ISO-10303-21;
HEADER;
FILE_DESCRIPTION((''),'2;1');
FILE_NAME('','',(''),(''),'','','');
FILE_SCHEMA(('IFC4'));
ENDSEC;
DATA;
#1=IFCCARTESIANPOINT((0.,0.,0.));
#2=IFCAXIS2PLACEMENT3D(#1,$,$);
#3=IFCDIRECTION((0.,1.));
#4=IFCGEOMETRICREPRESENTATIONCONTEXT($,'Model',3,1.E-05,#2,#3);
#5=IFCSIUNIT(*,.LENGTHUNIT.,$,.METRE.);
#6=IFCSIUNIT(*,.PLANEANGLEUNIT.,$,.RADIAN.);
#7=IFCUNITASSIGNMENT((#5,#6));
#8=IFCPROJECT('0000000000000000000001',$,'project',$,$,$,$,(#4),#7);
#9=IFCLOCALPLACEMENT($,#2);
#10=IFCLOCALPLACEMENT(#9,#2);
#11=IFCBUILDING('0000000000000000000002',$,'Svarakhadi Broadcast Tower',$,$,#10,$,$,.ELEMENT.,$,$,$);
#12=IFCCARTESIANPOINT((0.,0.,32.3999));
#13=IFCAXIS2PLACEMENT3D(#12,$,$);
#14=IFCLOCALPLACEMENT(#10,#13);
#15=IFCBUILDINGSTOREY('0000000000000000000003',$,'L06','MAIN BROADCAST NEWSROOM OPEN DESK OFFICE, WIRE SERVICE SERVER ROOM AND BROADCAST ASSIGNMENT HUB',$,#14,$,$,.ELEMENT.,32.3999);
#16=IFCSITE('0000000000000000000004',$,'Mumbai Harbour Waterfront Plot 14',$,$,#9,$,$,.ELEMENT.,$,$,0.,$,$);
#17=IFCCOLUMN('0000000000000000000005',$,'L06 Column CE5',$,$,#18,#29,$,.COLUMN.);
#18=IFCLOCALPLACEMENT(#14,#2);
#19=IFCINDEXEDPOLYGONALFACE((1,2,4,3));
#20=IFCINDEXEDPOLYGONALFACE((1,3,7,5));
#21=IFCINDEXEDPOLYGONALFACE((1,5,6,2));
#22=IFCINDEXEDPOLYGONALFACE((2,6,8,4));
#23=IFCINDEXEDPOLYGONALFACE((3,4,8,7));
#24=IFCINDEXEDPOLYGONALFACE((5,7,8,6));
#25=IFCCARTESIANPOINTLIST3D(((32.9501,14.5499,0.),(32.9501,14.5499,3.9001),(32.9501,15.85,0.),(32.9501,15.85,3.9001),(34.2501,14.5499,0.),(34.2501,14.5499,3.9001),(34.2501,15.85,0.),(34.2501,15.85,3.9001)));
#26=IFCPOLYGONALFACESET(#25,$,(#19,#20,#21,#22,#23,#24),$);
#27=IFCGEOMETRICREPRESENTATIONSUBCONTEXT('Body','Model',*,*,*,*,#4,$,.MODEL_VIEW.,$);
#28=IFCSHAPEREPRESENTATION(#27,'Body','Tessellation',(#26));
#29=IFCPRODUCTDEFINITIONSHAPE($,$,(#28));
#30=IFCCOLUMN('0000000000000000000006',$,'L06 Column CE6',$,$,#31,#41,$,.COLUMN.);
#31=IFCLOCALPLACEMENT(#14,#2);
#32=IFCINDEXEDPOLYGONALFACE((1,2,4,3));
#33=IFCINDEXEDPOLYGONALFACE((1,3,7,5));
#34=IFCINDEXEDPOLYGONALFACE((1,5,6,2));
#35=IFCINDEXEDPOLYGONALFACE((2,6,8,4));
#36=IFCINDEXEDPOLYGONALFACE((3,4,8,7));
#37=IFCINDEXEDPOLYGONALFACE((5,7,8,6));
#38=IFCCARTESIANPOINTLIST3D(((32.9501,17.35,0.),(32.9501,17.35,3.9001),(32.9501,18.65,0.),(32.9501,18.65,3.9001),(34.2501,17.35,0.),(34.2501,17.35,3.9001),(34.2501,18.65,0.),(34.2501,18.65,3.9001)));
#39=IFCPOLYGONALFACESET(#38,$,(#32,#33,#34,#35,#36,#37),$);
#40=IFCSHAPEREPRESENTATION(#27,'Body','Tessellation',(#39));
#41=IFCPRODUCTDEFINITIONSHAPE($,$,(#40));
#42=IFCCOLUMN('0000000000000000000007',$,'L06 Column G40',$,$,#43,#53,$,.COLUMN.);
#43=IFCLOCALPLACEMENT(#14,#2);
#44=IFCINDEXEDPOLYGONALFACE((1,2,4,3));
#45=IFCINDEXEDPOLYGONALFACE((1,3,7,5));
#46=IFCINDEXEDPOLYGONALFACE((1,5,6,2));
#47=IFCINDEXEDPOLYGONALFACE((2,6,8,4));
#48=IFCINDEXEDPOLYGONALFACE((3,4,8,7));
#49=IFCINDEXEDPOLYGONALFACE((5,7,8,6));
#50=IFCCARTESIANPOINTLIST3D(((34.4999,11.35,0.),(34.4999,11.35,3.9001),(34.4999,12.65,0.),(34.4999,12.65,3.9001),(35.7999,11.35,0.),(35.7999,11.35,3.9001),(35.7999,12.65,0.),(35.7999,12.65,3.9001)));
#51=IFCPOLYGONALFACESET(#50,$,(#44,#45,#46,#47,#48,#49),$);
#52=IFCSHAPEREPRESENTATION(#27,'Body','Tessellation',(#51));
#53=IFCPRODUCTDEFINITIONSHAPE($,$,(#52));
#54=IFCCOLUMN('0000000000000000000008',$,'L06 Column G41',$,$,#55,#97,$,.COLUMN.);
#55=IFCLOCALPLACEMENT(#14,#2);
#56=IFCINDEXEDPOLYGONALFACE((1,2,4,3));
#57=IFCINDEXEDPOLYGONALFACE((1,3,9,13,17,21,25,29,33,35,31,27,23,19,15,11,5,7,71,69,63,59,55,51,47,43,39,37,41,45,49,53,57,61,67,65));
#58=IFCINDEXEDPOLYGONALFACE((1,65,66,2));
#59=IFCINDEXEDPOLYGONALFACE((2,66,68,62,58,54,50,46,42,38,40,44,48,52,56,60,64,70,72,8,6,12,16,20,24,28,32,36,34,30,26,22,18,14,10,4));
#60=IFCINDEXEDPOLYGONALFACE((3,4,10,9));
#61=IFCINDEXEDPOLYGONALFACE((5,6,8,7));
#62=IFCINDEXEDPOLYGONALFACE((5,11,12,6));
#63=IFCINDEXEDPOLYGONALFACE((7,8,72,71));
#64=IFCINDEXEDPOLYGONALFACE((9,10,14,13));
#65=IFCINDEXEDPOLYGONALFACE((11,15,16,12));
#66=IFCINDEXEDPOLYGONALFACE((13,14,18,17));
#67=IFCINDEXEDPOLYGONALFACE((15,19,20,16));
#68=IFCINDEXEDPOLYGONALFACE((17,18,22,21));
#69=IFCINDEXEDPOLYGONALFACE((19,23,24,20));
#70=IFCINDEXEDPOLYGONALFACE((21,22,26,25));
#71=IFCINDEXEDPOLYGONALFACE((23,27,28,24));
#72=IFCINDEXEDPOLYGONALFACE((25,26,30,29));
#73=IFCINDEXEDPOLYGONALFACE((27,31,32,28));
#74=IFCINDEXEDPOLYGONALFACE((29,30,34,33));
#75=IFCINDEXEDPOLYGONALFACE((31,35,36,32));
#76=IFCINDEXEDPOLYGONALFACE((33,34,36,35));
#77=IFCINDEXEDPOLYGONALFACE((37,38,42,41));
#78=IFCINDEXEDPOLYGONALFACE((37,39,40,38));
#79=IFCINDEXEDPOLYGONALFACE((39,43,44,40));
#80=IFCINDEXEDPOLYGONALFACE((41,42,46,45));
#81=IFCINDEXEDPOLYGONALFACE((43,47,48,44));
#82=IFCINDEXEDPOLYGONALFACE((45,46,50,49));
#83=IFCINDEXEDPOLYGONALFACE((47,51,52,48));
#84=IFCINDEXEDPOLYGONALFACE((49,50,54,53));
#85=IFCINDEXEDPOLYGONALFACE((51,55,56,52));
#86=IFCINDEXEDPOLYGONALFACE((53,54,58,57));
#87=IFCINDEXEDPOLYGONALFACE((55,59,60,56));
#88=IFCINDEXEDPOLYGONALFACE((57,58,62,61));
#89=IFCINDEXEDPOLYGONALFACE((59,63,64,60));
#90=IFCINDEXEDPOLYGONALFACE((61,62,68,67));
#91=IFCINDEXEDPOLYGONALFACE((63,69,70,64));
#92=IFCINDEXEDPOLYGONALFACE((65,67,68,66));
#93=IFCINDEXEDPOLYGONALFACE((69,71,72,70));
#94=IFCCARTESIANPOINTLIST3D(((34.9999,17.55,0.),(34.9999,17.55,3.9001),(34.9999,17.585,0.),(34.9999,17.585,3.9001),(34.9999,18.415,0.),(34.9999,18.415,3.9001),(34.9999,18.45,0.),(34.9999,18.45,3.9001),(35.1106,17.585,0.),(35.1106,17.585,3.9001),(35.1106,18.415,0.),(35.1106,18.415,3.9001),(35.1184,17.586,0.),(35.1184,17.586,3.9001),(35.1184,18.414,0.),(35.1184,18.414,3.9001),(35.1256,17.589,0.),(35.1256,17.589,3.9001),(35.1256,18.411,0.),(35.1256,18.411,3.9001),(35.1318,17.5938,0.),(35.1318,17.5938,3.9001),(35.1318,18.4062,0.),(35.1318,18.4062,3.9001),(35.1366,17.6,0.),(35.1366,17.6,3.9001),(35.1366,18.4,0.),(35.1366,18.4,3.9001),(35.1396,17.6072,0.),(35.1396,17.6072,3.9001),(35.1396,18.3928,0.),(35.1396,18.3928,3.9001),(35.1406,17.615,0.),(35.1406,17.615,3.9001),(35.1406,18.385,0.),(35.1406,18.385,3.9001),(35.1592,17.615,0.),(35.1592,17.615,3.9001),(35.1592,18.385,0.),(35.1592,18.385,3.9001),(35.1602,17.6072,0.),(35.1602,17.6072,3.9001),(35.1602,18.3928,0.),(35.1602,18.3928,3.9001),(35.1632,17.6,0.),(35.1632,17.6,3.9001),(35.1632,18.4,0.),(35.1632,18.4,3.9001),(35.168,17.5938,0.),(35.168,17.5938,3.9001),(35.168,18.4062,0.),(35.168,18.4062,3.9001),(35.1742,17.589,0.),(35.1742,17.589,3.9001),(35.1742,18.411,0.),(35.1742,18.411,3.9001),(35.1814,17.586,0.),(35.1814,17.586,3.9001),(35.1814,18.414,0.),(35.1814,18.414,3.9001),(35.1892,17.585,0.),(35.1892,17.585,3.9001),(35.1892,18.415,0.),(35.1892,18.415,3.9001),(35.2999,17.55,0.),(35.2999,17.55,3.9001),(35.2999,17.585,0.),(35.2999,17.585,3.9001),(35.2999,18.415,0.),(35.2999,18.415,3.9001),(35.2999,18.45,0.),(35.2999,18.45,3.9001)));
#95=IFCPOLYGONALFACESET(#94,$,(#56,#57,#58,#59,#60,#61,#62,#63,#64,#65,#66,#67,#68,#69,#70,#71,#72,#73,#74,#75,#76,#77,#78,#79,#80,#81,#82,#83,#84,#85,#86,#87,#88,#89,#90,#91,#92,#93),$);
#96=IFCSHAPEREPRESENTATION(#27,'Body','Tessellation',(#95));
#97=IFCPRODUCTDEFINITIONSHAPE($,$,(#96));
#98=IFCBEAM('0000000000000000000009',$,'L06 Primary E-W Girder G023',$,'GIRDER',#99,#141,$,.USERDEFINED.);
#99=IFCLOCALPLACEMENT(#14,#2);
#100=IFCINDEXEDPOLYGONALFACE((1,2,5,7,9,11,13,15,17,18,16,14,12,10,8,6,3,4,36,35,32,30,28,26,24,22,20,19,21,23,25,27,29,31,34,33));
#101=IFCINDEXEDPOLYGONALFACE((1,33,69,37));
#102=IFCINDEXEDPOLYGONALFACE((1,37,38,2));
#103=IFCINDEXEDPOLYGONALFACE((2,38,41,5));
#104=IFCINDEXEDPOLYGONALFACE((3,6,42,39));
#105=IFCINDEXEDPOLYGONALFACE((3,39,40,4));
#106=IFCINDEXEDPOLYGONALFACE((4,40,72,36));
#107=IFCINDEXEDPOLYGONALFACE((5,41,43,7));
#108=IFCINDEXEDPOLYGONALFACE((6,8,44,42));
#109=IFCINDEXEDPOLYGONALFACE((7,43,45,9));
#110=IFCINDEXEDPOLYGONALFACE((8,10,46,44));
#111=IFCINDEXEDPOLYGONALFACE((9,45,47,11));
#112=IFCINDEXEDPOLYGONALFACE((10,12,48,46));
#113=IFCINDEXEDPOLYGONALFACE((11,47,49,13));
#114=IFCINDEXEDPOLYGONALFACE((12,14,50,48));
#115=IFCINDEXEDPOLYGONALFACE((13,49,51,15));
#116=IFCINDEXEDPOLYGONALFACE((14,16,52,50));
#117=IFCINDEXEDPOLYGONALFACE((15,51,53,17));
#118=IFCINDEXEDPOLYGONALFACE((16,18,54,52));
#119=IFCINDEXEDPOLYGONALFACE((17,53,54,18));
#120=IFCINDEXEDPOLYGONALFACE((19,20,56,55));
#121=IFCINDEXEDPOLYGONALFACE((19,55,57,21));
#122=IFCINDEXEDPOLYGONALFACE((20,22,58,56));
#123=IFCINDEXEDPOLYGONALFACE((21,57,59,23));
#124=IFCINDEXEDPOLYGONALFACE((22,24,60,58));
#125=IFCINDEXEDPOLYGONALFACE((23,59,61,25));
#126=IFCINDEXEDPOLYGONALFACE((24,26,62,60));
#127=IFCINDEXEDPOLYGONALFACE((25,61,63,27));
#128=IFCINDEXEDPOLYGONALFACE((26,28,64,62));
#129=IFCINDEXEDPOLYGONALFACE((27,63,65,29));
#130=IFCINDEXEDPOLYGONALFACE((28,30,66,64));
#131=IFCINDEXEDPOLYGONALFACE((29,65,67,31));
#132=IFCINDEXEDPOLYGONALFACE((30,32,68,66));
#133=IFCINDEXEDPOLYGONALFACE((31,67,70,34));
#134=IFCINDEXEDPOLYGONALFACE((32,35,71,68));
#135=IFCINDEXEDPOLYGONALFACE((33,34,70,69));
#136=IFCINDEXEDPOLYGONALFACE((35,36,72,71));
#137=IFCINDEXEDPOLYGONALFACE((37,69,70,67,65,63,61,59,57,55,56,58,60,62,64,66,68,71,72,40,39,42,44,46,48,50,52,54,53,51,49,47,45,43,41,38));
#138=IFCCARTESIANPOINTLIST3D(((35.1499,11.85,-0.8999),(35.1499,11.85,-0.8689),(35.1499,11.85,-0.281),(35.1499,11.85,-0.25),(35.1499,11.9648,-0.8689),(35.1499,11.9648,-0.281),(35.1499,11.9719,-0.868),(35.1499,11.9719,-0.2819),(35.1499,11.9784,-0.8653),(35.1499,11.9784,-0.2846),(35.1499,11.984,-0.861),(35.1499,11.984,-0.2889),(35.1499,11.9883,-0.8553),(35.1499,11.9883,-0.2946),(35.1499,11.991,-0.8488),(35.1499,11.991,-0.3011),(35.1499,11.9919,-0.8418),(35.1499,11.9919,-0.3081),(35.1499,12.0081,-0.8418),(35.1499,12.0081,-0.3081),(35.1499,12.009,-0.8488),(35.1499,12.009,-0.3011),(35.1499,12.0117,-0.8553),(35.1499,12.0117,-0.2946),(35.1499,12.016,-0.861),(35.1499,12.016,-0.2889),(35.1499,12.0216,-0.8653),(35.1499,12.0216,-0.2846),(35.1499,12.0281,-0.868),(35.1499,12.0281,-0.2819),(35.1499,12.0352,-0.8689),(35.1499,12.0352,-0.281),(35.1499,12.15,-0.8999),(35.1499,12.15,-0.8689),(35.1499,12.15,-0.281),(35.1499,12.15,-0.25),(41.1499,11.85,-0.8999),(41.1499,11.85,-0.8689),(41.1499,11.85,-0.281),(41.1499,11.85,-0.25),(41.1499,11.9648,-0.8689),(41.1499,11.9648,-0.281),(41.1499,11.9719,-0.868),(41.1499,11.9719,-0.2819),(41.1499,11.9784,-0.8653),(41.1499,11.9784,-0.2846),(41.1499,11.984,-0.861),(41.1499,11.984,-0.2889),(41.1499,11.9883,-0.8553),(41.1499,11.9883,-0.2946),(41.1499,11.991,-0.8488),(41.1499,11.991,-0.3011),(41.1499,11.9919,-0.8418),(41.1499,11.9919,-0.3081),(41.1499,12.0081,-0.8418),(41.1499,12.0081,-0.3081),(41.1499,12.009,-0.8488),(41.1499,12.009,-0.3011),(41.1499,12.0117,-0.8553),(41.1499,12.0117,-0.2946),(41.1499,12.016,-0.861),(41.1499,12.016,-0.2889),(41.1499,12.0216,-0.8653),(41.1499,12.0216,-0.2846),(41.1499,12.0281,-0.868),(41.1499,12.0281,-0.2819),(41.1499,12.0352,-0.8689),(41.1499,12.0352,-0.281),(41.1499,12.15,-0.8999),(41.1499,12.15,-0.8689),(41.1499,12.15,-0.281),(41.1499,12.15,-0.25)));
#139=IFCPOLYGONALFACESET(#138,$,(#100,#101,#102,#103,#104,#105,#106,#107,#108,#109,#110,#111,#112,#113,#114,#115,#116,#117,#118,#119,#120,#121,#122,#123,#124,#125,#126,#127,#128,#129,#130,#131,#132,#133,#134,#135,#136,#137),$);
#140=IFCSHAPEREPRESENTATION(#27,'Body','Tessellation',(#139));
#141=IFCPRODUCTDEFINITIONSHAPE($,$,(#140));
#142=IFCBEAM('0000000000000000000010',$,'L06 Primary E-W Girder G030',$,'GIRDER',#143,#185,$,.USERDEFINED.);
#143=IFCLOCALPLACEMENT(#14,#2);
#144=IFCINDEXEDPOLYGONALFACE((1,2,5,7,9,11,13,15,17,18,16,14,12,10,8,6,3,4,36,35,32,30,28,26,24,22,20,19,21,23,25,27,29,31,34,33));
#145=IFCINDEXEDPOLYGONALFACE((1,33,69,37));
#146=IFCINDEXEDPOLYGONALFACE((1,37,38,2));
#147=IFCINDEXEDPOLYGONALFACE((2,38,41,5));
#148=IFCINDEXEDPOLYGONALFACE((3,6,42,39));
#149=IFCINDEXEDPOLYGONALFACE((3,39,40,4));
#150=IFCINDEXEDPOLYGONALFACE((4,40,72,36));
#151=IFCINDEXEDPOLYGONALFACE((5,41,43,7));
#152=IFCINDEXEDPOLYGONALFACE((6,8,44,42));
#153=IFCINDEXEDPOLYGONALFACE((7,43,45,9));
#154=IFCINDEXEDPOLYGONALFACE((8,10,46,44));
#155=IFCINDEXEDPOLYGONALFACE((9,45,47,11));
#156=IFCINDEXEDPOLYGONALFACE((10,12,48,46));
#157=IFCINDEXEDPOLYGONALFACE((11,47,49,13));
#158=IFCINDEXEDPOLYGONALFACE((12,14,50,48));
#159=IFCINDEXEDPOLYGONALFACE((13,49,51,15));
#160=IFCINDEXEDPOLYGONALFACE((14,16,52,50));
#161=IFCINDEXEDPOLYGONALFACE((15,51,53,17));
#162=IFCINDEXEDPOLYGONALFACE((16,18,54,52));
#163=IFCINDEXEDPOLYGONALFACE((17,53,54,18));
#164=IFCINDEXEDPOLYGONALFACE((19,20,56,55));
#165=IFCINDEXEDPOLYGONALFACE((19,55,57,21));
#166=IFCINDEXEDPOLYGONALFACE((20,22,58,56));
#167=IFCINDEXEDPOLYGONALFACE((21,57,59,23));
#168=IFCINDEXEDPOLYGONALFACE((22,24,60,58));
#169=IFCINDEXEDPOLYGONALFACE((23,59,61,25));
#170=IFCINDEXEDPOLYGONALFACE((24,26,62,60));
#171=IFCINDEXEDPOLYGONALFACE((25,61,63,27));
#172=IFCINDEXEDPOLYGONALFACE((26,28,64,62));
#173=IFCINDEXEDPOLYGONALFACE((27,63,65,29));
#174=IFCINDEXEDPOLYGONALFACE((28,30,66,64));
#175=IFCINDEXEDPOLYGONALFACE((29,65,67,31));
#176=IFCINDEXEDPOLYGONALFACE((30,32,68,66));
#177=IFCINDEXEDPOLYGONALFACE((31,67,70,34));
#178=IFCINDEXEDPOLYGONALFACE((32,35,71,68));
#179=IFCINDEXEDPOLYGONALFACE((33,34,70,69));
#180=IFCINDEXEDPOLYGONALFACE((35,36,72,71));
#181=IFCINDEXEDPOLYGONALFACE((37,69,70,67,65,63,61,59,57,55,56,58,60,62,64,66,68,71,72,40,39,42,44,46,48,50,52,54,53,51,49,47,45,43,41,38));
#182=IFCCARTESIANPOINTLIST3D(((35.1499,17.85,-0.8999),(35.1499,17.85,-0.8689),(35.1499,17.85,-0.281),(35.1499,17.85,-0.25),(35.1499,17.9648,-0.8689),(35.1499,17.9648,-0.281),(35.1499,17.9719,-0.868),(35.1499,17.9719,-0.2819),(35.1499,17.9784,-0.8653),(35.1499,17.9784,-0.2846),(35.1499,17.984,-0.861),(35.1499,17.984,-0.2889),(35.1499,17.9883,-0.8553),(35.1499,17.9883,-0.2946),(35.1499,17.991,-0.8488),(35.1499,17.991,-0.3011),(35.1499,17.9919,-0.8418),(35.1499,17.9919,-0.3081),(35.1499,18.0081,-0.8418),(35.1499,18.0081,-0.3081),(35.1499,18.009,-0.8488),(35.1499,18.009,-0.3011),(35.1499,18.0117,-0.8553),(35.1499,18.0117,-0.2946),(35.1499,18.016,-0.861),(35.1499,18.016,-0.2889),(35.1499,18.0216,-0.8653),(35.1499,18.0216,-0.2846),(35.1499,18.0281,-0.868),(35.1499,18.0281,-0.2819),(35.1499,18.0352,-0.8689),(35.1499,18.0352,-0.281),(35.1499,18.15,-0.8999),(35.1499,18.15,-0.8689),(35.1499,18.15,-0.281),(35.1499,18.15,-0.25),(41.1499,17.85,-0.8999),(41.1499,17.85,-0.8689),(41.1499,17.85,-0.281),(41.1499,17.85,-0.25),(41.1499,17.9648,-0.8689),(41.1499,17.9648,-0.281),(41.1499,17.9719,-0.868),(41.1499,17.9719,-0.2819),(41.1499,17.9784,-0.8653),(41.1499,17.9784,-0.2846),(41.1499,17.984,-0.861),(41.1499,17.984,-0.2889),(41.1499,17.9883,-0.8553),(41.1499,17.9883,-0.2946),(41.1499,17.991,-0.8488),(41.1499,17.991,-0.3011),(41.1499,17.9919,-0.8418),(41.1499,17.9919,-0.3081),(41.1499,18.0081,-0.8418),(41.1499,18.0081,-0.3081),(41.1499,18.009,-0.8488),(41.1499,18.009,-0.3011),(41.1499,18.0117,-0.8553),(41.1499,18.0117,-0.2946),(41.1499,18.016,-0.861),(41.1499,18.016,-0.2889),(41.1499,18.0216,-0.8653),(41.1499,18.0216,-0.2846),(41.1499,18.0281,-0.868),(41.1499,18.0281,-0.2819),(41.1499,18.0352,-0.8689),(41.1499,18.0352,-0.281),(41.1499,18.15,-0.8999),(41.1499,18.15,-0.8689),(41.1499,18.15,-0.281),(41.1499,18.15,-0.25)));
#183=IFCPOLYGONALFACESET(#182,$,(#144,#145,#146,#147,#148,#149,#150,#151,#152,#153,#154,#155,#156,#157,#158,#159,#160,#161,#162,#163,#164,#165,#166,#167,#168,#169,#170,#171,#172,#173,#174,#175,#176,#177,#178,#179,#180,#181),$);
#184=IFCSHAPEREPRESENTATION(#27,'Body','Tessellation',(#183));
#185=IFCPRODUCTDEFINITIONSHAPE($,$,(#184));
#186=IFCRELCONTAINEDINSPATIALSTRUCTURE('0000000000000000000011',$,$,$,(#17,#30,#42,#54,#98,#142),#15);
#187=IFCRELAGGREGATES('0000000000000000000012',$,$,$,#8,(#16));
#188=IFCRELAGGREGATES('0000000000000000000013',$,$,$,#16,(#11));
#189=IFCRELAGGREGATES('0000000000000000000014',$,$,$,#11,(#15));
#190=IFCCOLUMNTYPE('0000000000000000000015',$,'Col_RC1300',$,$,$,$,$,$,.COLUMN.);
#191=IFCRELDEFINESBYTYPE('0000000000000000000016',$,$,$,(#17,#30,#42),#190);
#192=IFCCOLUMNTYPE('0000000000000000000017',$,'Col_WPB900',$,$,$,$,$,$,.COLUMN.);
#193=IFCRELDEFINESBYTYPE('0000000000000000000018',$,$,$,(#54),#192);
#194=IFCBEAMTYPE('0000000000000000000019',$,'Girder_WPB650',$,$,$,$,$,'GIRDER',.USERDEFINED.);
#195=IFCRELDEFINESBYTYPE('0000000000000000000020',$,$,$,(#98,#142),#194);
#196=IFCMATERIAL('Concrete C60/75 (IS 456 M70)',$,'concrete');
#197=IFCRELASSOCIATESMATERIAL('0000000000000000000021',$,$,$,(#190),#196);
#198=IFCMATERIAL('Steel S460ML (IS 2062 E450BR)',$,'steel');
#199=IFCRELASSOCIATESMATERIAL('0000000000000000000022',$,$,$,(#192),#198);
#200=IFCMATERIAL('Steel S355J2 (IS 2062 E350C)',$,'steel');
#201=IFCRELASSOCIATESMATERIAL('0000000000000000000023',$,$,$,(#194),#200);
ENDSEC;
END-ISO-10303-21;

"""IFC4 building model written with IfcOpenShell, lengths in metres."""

from ifc_helpers import new_model, si_unit, direction, frame, origin, origin_2d, place, context, subcontext, project, spatial, rectangle, i_section, extrude, material, material_profile, profile_set, type_object, element, save


model = new_model("IFC4")

# Units and contexts
model_context = context("Model", 3, precision=1e-05, world=origin(), true_north=direction((0.0, 1.0)))
body_context = subcontext(model_context, "Body", "Model", "MODEL_VIEW")
ifc_project = project(units=[si_unit("LENGTHUNIT", "METRE"), si_unit("PLANEANGLEUNIT", "RADIAN")], contexts=[model_context])

# Site, building, storey
site_placement = place(None, origin())
site = spatial("IfcSite", under=ifc_project, at=site_placement, Name="Mumbai Harbour Waterfront Plot 14", CompositionType="ELEMENT", RefElevation=0.0)
building_placement = place(site_placement, origin())
building = spatial("IfcBuilding", under=site, at=building_placement, Name="Svarakhadi Broadcast Tower", CompositionType="ELEMENT")
storey_placement = place(building_placement, frame((0.0, 0.0, 32.3999)))
storey = spatial("IfcBuildingStorey", under=building, at=storey_placement, Name="L06", Description="MAIN BROADCAST NEWSROOM OPEN DESK OFFICE, WIRE SERVICE SERVER ROOM AND BROADCAST ASSIGNMENT HUB", CompositionType="ELEMENT", Elevation=32.3999)

# Columns
ifc_material_1 = material(Name="Concrete C60/75 (IS 456 M70)", Category="concrete")
ifc_material_profile_1 = material_profile(ifc_material_1, rectangle(XDim=1.3, YDim=1.3, at=origin_2d()), Name="RC 1300x1300")
ifc_profile_set_1 = profile_set([ifc_material_profile_1], Name="Concrete C60/75 (IS 456 M70)")
column_type_1 = type_object("IfcColumnType", Name="Col_RC1300", PredefinedType="COLUMN", material=ifc_profile_set_1)
for number, where, z_axis, x_axis, name in (
    (1, (33.6001, 15.2, 0.0), (0.0, 0.0, 1.0), (1.0, 0.0, 0.0), "L06 Column CE5"),
    (2, (33.6001, 18.0, 0.0), (0.0, 0.0, 1.0), (1.0, 0.0, 0.0), "L06 Column CE6"),
    (3, (35.1499, 12.0, 0.0), (0.0, 0.0, 1.0), (1.0, 0.0, 0.0), "L06 Column G40"),
):
    element("IfcColumn", number, at=place(storey_placement, frame(where, z_axis=z_axis, x_axis=x_axis)), inside=storey, type_object=column_type_1, Name=name, PredefinedType="COLUMN", context=body_context, shape_type="SweptSolid", body=[
        extrude(rectangle(XDim=1.3, YDim=1.3, at=origin_2d()), origin(), (0.0, 0.0, 1.0), 3.9001),
    ])
ifc_material_2 = material(Name="Steel S460ML (IS 2062 E450BR)", Category="steel")
ifc_material_profile_2 = material_profile(ifc_material_2, i_section(OverallWidth=0.3, OverallDepth=0.8999, WebThickness=0.0186, FlangeThickness=0.0349, FilletRadius=0.03, at=origin_2d()), Name="WPB 900x300x291")
ifc_profile_set_2 = profile_set([ifc_material_profile_2], Name="Steel S460ML (IS 2062 E450BR)")
column_type_2 = type_object("IfcColumnType", Name="Col_WPB900", PredefinedType="COLUMN", material=ifc_profile_set_2)
column_placement = place(storey_placement, frame((35.1499, 18.0, 0.0), z_axis=(0.0, 0.0, 1.0), x_axis=(1.0, 0.0, 0.0)))
element("IfcColumn", 4, at=column_placement, inside=storey, type_object=column_type_2, Name="L06 Column G41", PredefinedType="COLUMN", context=body_context, shape_type="SweptSolid", body=[
    extrude(i_section(OverallWidth=0.3, OverallDepth=0.8999, WebThickness=0.0186, FlangeThickness=0.0349, FilletRadius=0.03, at=origin_2d()), origin(), (0.0, 0.0, 1.0), 3.9001),
])

# Beams
ifc_material_3 = material(Name="Steel S355J2 (IS 2062 E350C)", Category="steel")
ifc_material_profile_3 = material_profile(ifc_material_3, i_section(OverallWidth=0.3, OverallDepth=0.6499, WebThickness=0.0161, FlangeThickness=0.031, FilletRadius=0.0271, at=origin_2d()), Name="WPB 650x300x225")
ifc_profile_set_3 = profile_set([ifc_material_profile_3], Name="Steel S355J2 (IS 2062 E350C)")
beam_type = type_object("IfcBeamType", Name="Girder_WPB650", ElementType="GIRDER", PredefinedType="USERDEFINED", material=ifc_profile_set_3)
for number, where, z_axis, x_axis, name in (
    (5, (35.1499, 12.0, -0.575), (1.0, 0.0, 0.0), (0.0, 1.0, 0.0), "L06 Primary E-W Girder G023"),
    (6, (35.1499, 18.0, -0.575), (1.0, 0.0, 0.0), (0.0, 1.0, 0.0), "L06 Primary E-W Girder G030"),
):
    element("IfcBeam", number, at=place(storey_placement, frame(where, z_axis=z_axis, x_axis=x_axis)), inside=storey, type_object=beam_type, Name=name, ObjectType="GIRDER", PredefinedType="USERDEFINED", context=body_context, shape_type="SweptSolid", body=[
        extrude(i_section(OverallWidth=0.3, OverallDepth=0.6499, WebThickness=0.0161, FlangeThickness=0.031, FilletRadius=0.0271, at=origin_2d()), origin(), (0.0, 0.0, 1.0), 6.0),
    ])

save(model, "model.ifc")
